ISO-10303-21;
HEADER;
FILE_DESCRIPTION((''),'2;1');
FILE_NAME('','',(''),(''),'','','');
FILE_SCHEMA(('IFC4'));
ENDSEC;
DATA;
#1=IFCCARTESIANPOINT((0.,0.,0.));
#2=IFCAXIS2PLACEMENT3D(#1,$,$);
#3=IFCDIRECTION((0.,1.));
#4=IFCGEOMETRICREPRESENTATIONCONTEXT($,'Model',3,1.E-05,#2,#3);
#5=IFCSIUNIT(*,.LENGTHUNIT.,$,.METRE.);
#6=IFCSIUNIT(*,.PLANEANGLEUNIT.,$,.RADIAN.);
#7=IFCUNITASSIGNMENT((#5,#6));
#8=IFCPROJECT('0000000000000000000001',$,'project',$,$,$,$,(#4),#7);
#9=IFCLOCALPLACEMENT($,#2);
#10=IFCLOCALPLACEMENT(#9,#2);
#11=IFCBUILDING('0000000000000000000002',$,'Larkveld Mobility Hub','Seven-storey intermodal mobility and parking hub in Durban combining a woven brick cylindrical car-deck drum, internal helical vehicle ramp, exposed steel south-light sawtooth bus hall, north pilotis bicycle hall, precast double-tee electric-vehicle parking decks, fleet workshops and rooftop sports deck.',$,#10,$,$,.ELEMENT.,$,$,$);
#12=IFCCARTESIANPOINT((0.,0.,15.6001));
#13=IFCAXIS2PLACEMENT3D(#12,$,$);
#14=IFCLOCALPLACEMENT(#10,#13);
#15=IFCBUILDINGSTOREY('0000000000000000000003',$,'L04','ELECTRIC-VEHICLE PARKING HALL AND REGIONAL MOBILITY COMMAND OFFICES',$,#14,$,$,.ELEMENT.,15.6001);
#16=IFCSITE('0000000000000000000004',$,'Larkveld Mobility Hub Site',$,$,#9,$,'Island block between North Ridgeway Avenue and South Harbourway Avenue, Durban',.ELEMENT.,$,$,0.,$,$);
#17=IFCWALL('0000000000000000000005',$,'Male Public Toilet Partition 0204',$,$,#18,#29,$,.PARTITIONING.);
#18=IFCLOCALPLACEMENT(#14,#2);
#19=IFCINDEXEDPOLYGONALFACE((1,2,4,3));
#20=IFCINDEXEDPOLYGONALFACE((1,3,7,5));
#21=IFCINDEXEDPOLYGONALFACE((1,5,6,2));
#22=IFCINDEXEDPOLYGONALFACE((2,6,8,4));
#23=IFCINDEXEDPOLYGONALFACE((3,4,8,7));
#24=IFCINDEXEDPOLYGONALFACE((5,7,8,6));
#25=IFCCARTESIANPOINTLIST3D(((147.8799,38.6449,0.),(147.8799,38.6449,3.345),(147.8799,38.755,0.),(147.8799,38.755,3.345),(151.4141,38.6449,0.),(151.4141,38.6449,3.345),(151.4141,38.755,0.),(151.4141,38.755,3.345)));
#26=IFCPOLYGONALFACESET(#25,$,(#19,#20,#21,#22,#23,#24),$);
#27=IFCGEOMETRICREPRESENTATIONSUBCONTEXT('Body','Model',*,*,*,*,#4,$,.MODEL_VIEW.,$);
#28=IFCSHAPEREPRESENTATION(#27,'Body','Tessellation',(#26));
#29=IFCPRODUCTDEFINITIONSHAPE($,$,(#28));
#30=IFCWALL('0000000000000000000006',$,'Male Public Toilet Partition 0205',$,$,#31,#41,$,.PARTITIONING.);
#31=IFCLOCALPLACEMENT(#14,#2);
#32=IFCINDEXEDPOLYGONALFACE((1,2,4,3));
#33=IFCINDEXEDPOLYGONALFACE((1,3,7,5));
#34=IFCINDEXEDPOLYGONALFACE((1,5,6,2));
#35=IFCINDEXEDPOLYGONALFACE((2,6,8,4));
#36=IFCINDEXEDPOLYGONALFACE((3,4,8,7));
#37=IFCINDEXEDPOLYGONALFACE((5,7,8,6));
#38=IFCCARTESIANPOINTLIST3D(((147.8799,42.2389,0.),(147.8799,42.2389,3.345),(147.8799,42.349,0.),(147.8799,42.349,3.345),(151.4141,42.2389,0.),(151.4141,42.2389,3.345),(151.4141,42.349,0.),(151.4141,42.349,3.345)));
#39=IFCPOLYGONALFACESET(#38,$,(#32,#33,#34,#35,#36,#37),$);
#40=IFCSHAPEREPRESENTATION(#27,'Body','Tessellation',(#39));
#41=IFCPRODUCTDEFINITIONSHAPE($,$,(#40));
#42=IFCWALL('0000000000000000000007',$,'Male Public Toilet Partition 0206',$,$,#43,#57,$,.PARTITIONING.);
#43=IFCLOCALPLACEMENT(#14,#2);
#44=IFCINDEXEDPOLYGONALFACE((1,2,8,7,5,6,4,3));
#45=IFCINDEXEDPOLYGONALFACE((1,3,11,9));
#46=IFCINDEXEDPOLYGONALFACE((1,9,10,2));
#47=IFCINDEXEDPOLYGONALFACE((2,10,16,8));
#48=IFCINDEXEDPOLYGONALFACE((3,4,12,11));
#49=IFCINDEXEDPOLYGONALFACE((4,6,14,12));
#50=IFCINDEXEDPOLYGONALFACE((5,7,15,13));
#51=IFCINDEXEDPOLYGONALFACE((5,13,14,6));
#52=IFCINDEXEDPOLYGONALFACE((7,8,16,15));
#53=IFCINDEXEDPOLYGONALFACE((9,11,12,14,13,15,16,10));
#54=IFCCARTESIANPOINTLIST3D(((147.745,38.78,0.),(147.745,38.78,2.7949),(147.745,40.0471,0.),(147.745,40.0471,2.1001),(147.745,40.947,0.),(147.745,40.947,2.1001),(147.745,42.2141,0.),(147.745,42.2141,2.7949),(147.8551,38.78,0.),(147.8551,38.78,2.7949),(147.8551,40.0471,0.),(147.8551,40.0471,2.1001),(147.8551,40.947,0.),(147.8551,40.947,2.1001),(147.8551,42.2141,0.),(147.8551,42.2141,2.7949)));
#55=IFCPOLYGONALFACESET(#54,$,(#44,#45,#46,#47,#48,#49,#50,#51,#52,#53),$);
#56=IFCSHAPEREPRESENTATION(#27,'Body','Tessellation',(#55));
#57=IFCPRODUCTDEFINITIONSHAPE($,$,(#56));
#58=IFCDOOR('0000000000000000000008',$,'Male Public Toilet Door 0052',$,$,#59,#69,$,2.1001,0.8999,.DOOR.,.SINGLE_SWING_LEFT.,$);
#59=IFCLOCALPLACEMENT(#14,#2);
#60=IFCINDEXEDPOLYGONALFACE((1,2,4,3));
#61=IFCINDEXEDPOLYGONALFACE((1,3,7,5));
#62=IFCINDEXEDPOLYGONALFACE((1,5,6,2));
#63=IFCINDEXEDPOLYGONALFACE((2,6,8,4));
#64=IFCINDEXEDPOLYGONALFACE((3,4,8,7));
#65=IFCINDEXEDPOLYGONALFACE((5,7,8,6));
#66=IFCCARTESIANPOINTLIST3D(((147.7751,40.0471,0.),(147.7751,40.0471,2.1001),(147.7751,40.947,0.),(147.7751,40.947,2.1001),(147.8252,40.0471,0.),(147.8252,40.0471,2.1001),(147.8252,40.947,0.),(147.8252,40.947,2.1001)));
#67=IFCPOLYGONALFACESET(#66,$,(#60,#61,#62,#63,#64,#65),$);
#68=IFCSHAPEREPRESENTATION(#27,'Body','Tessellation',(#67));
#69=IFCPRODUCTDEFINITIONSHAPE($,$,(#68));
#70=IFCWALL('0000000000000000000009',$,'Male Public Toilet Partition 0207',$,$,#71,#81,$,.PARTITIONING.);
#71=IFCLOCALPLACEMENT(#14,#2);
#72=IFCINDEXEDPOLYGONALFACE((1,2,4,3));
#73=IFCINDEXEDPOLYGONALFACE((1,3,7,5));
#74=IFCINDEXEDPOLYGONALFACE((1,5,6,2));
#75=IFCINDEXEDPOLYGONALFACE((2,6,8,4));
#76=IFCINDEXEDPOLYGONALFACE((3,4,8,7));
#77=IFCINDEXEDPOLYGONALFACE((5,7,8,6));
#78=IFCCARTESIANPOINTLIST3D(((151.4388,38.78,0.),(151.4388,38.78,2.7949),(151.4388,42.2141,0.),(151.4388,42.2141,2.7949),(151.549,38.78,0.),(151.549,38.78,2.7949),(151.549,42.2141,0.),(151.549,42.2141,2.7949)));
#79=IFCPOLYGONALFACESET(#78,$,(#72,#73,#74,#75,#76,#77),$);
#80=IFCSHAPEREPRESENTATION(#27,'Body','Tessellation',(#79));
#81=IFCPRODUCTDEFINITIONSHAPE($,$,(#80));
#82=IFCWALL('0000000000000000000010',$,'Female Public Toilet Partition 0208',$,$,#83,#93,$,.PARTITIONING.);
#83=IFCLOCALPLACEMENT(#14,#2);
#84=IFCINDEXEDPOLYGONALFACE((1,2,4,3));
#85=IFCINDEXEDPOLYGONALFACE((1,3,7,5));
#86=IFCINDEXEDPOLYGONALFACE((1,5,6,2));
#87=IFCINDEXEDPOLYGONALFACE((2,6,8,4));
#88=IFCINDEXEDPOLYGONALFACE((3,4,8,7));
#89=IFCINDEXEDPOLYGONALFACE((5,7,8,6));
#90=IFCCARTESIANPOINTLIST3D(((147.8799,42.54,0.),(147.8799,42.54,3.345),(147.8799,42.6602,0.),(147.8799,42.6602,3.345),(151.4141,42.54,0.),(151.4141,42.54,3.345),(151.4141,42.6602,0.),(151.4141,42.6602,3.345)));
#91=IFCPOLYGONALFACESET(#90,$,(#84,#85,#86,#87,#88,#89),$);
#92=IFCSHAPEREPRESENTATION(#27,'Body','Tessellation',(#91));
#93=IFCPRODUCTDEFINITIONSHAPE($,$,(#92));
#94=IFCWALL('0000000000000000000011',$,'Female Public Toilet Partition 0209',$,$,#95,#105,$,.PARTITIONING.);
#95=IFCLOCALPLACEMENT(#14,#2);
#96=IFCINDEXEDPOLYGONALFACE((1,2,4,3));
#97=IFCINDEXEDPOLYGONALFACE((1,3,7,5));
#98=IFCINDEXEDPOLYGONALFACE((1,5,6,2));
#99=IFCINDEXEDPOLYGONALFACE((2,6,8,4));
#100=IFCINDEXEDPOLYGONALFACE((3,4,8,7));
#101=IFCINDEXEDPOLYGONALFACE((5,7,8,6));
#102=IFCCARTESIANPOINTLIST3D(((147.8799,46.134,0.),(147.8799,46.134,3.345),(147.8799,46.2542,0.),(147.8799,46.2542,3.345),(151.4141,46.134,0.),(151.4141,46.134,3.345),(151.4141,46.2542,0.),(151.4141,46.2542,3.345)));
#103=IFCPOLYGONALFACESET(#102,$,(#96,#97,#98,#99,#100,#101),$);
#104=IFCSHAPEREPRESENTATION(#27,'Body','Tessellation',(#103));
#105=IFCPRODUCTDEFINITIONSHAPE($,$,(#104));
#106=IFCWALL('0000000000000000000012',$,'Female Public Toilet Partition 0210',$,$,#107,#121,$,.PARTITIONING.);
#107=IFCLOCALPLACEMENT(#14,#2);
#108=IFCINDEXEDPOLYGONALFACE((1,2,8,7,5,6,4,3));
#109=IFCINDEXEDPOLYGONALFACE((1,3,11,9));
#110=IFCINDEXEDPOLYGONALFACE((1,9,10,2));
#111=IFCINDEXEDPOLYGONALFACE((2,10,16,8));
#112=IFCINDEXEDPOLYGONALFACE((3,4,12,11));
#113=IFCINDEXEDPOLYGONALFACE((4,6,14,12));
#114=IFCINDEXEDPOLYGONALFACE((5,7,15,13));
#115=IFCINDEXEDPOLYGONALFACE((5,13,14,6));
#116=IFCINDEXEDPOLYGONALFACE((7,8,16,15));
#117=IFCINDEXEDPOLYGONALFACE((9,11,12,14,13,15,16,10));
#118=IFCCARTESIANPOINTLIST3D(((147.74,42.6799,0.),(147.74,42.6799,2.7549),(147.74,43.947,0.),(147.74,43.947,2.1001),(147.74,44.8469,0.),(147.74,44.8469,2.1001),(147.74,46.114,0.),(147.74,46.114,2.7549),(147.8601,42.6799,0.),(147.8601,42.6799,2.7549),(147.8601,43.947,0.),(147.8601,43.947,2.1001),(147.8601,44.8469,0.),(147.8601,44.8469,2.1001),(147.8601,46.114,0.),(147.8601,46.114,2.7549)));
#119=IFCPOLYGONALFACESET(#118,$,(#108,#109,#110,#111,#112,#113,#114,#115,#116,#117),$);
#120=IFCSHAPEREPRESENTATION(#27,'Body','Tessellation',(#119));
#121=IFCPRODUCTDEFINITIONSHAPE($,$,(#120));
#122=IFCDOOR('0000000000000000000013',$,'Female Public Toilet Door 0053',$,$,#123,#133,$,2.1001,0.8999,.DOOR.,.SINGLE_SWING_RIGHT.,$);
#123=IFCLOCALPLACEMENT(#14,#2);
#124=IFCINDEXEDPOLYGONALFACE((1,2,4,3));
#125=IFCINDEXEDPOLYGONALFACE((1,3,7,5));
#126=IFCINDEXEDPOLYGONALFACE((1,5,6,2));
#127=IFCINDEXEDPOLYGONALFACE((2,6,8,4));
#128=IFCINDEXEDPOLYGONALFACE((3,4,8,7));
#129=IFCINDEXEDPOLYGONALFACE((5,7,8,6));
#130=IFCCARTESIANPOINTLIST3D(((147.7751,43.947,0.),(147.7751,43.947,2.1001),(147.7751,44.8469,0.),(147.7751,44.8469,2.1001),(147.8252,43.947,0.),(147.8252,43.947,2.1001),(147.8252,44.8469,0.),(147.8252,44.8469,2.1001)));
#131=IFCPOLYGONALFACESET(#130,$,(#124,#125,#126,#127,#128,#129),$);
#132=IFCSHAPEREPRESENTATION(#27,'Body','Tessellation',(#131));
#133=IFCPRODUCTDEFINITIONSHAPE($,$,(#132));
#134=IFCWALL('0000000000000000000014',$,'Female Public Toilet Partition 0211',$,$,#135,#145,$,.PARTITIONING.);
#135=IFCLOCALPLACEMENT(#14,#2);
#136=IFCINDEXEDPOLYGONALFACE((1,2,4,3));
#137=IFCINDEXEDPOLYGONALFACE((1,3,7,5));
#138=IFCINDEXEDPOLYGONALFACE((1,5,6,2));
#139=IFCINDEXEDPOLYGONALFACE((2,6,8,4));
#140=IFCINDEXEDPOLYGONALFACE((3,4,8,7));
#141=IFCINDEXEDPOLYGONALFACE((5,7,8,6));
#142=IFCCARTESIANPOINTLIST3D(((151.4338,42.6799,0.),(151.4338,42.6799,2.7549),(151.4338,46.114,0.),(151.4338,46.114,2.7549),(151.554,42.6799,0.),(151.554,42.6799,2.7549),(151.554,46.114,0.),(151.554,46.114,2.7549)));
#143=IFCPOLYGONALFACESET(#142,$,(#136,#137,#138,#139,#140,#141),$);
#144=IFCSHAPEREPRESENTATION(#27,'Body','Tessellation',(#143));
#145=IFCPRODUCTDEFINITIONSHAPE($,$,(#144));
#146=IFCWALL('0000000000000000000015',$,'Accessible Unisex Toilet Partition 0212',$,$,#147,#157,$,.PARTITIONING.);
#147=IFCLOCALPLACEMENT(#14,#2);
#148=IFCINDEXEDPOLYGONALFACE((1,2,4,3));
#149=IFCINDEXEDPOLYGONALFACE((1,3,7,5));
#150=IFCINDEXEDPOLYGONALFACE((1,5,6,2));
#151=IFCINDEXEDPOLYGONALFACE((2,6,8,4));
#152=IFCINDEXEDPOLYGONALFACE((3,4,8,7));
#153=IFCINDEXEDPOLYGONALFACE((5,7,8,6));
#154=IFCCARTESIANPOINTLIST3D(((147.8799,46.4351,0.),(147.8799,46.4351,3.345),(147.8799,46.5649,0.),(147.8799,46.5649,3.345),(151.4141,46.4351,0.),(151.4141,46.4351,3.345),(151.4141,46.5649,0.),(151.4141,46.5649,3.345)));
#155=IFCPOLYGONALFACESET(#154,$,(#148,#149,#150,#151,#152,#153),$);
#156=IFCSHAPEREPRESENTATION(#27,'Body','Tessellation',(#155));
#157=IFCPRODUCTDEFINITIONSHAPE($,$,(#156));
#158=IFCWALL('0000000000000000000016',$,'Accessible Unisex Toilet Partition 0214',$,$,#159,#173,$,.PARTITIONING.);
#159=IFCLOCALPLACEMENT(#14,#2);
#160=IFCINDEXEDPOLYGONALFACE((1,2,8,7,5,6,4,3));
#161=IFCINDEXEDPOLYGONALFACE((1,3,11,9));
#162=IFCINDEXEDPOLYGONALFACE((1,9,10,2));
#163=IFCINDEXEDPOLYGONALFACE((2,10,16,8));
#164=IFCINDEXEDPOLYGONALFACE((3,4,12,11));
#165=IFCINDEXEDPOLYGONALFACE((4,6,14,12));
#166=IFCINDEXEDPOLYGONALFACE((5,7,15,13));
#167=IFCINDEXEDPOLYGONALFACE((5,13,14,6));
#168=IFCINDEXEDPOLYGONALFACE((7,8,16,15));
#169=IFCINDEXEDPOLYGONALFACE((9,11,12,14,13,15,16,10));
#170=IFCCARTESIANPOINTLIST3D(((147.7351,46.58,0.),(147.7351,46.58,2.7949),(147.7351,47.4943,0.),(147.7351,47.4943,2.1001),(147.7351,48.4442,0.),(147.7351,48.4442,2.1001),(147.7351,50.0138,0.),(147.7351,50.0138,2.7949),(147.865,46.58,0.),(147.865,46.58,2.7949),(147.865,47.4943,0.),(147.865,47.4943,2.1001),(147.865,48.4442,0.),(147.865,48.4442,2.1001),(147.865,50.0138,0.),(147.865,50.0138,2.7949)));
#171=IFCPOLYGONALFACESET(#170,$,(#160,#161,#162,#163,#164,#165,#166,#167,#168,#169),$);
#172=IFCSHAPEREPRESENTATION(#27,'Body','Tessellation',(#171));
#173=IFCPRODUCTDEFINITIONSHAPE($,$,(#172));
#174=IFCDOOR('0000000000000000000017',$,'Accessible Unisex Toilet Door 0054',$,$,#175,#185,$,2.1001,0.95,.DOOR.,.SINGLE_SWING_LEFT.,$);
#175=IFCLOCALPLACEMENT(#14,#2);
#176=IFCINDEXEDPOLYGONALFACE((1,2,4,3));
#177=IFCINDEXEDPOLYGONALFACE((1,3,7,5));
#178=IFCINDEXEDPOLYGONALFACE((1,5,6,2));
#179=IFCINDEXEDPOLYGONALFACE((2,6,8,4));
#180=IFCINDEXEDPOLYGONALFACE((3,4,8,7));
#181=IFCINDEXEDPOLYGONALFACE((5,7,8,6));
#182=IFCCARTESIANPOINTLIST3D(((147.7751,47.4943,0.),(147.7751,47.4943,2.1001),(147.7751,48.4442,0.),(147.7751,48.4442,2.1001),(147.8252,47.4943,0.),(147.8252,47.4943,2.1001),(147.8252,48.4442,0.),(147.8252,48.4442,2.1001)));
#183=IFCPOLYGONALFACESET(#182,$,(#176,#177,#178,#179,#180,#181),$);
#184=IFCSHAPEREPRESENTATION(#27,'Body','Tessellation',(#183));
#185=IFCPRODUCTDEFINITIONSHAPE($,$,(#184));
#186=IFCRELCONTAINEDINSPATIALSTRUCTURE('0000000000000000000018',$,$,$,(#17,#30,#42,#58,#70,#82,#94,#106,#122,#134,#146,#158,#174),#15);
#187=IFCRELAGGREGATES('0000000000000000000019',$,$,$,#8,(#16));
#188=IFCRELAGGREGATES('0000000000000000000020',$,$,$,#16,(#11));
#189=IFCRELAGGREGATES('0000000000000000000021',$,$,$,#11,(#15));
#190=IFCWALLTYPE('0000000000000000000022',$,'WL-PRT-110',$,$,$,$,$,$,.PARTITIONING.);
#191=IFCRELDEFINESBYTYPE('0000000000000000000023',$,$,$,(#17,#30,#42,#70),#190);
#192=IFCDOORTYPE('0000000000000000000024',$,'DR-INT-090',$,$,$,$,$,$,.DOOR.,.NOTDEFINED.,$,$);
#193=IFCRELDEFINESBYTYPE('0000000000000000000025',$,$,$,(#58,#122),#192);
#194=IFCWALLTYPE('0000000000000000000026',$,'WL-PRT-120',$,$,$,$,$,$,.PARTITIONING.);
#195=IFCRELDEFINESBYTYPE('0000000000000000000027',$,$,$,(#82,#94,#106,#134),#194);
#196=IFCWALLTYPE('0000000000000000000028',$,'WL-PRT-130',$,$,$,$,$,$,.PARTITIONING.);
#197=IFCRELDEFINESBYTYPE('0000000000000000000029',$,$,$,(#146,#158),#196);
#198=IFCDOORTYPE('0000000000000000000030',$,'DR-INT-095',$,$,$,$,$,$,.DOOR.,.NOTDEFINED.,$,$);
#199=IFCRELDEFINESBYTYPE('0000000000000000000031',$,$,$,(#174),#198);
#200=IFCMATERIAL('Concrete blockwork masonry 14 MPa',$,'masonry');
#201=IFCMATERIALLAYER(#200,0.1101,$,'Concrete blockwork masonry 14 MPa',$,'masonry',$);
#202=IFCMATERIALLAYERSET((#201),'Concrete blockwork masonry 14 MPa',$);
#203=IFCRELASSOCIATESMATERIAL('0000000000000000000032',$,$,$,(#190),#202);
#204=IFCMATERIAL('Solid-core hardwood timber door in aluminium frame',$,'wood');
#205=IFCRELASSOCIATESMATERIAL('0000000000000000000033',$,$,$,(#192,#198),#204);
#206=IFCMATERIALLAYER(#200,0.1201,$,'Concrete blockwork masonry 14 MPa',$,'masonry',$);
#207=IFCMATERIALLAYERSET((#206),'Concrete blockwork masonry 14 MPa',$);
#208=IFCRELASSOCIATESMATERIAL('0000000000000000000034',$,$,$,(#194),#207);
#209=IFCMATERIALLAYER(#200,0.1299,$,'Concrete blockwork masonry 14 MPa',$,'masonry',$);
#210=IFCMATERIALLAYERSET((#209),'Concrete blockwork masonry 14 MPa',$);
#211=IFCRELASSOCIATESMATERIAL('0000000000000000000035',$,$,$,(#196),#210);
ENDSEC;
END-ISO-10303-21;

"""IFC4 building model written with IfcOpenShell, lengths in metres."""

from ifc_helpers import new_model, si_unit, direction, frame, frame_2d, origin, place, context, subcontext, project, spatial, rectangle, extrude, material, layer, layer_set, type_object, element, fill, save


model = new_model("IFC4")

# Units and contexts
model_context = context("Model", 3, precision=1e-05, world=origin(), true_north=direction((0.0, 1.0)))
body_context = subcontext(model_context, "Body", "Model", "MODEL_VIEW")
ifc_project = project(units=[si_unit("LENGTHUNIT", "METRE"), si_unit("PLANEANGLEUNIT", "RADIAN")], contexts=[model_context])

# Site, building, storey
site_placement = place(None, origin())
site = spatial("IfcSite", under=ifc_project, at=site_placement, Name="Larkveld Mobility Hub Site", LongName="Island block between North Ridgeway Avenue and South Harbourway Avenue, Durban", CompositionType="ELEMENT", RefElevation=0.0)
building_placement = place(site_placement, origin())
building = spatial("IfcBuilding", under=site, at=building_placement, Name="Larkveld Mobility Hub", Description="Seven-storey intermodal mobility and parking hub in Durban combining a woven brick cylindrical car-deck drum, internal helical vehicle ramp, exposed steel south-light sawtooth bus hall, north pilotis bicycle hall, precast double-tee electric-vehicle parking decks, fleet workshops and rooftop sports deck.", CompositionType="ELEMENT")
storey_placement = place(building_placement, frame((0.0, 0.0, 15.6001)))
storey = spatial("IfcBuildingStorey", under=building, at=storey_placement, Name="L04", Description="ELECTRIC-VEHICLE PARKING HALL AND REGIONAL MOBILITY COMMAND OFFICES", CompositionType="ELEMENT", Elevation=15.6001)

# Walls
ifc_material_1 = material(Name="Concrete blockwork masonry 14 MPa", Category="masonry")
ifc_layer_1 = layer(ifc_material_1, 0.1101, Name="Concrete blockwork masonry 14 MPa", Category="masonry")
ifc_layer_set_1 = layer_set([ifc_layer_1], Name="Concrete blockwork masonry 14 MPa")
wall_type_1 = type_object("IfcWallType", Name="WL-PRT-110", PredefinedType="PARTITIONING", material=ifc_layer_set_1)
for number, where, z_axis, x_axis, name in (
    (1, (147.8799, 38.7, 0.0), (0.0, 0.0, 1.0), (1.0, 0.0, 0.0), "Male Public Toilet Partition 0204"),
    (2, (147.8799, 42.2939, 0.0), (0.0, 0.0, 1.0), (1.0, 0.0, 0.0), "Male Public Toilet Partition 0205"),
):
    element("IfcWall", number, at=place(storey_placement, frame(where, z_axis=z_axis, x_axis=x_axis)), inside=storey, type_object=wall_type_1, Name=name, PredefinedType="PARTITIONING", context=body_context, shape_type="SweptSolid", body=[
        extrude(rectangle(XDim=3.5342, YDim=0.1101, at=frame_2d((1.7671, 0.0))), origin(), (0.0, 0.0, 1.0), 3.345),
    ])

# Wall, opening, door
wall_1_placement = place(storey_placement, frame((147.8, 38.78, 0.0), z_axis=(0.0, 0.0, 1.0), x_axis=(0.0, 1.0, 0.0)))
wall_1 = element("IfcWall", 3, at=wall_1_placement, inside=storey, type_object=wall_type_1, Name="Male Public Toilet Partition 0206", PredefinedType="PARTITIONING", context=body_context, shape_type="SweptSolid", body=[
    extrude(rectangle(XDim=3.4341, YDim=0.1101, at=frame_2d((1.717, 0.0))), origin(), (0.0, 0.0, 1.0), 2.7949),
])
opening_1_placement = place(wall_1_placement, frame((1.2671, 0.0, 0.0)))
opening_1 = element("IfcOpeningElement", 4, at=opening_1_placement, cuts=wall_1, PredefinedType="OPENING", context=body_context, shape_type="SweptSolid", body=[
    extrude(rectangle(XDim=0.8999, YDim=2.1001, at=frame_2d((0.45, 1.05))), frame((0.0, 0.0649, 0.0), z_axis=(0.0, -1.0, 0.0), x_axis=(1.0, 0.0, 0.0)), (0.0, 0.0, 1.0), 0.1301),
])
ifc_material_2 = material(Name="Solid-core hardwood timber door in aluminium frame", Category="wood")
door_type_1 = type_object("IfcDoorType", Name="DR-INT-090", OperationType="NOTDEFINED", PredefinedType="DOOR", material=ifc_material_2)
door_1_placement = place(opening_1_placement, origin())
door_1 = element("IfcDoor", 5, at=door_1_placement, inside=storey, type_object=door_type_1, Name="Male Public Toilet Door 0052", OperationType="SINGLE_SWING_LEFT", OverallHeight=2.1001, OverallWidth=0.8999, PredefinedType="DOOR", context=body_context, shape_type="SweptSolid", body=[
    extrude(rectangle(XDim=0.8999, YDim=2.1001, at=frame_2d((0.45, 1.05))), frame((0.0, 0.0249, 0.0), z_axis=(0.0, -1.0, 0.0), x_axis=(1.0, 0.0, 0.0)), (0.0, 0.0, 1.0), 0.05),
])
fill(opening_1, door_1)

# Walls
wall_2_placement = place(storey_placement, frame((151.4939, 38.78, 0.0), z_axis=(0.0, 0.0, 1.0), x_axis=(0.0, 1.0, 0.0)))
element("IfcWall", 6, at=wall_2_placement, inside=storey, type_object=wall_type_1, Name="Male Public Toilet Partition 0207", PredefinedType="PARTITIONING", context=body_context, shape_type="SweptSolid", body=[
    extrude(rectangle(XDim=3.4341, YDim=0.1101, at=frame_2d((1.717, 0.0))), origin(), (0.0, 0.0, 1.0), 2.7949),
])
ifc_layer_2 = layer(ifc_material_1, 0.1201, Name="Concrete blockwork masonry 14 MPa", Category="masonry")
ifc_layer_set_2 = layer_set([ifc_layer_2], Name="Concrete blockwork masonry 14 MPa")
wall_type_2 = type_object("IfcWallType", Name="WL-PRT-120", PredefinedType="PARTITIONING", material=ifc_layer_set_2)
for number, where, z_axis, x_axis, name in (
    (7, (147.8799, 42.6001, 0.0), (0.0, 0.0, 1.0), (1.0, 0.0, 0.0), "Female Public Toilet Partition 0208"),
    (8, (147.8799, 46.1941, 0.0), (0.0, 0.0, 1.0), (1.0, 0.0, 0.0), "Female Public Toilet Partition 0209"),
):
    element("IfcWall", number, at=place(storey_placement, frame(where, z_axis=z_axis, x_axis=x_axis)), inside=storey, type_object=wall_type_2, Name=name, PredefinedType="PARTITIONING", context=body_context, shape_type="SweptSolid", body=[
        extrude(rectangle(XDim=3.5342, YDim=0.1201, at=frame_2d((1.7671, 0.0))), origin(), (0.0, 0.0, 1.0), 3.345),
    ])

# Wall, opening, door
wall_3_placement = place(storey_placement, frame((147.8, 42.6799, 0.0), z_axis=(0.0, 0.0, 1.0), x_axis=(0.0, 1.0, 0.0)))
wall_3 = element("IfcWall", 9, at=wall_3_placement, inside=storey, type_object=wall_type_2, Name="Female Public Toilet Partition 0210", PredefinedType="PARTITIONING", context=body_context, shape_type="SweptSolid", body=[
    extrude(rectangle(XDim=3.4341, YDim=0.1201, at=frame_2d((1.717, 0.0))), origin(), (0.0, 0.0, 1.0), 2.7549),
])
opening_2_placement = place(wall_3_placement, frame((1.2671, 0.0, 0.0)))
opening_2 = element("IfcOpeningElement", 10, at=opening_2_placement, cuts=wall_3, PredefinedType="OPENING", context=body_context, shape_type="SweptSolid", body=[
    extrude(rectangle(XDim=0.8999, YDim=2.1001, at=frame_2d((0.45, 1.05))), frame((0.0, 0.0701, 0.0), z_axis=(0.0, -1.0, 0.0), x_axis=(1.0, 0.0, 0.0)), (0.0, 0.0, 1.0), 0.1401),
])
door_2_placement = place(opening_2_placement, origin())
door_2 = element("IfcDoor", 11, at=door_2_placement, inside=storey, type_object=door_type_1, Name="Female Public Toilet Door 0053", OperationType="SINGLE_SWING_RIGHT", OverallHeight=2.1001, OverallWidth=0.8999, PredefinedType="DOOR", context=body_context, shape_type="SweptSolid", body=[
    extrude(rectangle(XDim=0.8999, YDim=2.1001, at=frame_2d((0.45, 1.05))), frame((0.0, 0.0249, 0.0), z_axis=(0.0, -1.0, 0.0), x_axis=(1.0, 0.0, 0.0)), (0.0, 0.0, 1.0), 0.05),
])
fill(opening_2, door_2)

# Walls
wall_4_placement = place(storey_placement, frame((151.4939, 42.6799, 0.0), z_axis=(0.0, 0.0, 1.0), x_axis=(0.0, 1.0, 0.0)))
element("IfcWall", 12, at=wall_4_placement, inside=storey, type_object=wall_type_2, Name="Female Public Toilet Partition 0211", PredefinedType="PARTITIONING", context=body_context, shape_type="SweptSolid", body=[
    extrude(rectangle(XDim=3.4341, YDim=0.1201, at=frame_2d((1.717, 0.0))), origin(), (0.0, 0.0, 1.0), 2.7549),
])
ifc_layer_3 = layer(ifc_material_1, 0.1299, Name="Concrete blockwork masonry 14 MPa", Category="masonry")
ifc_layer_set_3 = layer_set([ifc_layer_3], Name="Concrete blockwork masonry 14 MPa")
wall_type_3 = type_object("IfcWallType", Name="WL-PRT-130", PredefinedType="PARTITIONING", material=ifc_layer_set_3)
wall_5_placement = place(storey_placement, frame((147.8799, 46.5, 0.0), z_axis=(0.0, 0.0, 1.0), x_axis=(1.0, 0.0, 0.0)))
element("IfcWall", 13, at=wall_5_placement, inside=storey, type_object=wall_type_3, Name="Accessible Unisex Toilet Partition 0212", PredefinedType="PARTITIONING", context=body_context, shape_type="SweptSolid", body=[
    extrude(rectangle(XDim=3.5342, YDim=0.1299, at=frame_2d((1.7671, 0.0))), origin(), (0.0, 0.0, 1.0), 3.345),
])

# Wall, opening, door
wall_6_placement = place(storey_placement, frame((147.8, 46.5801, 0.0), z_axis=(0.0, 0.0, 1.0), x_axis=(0.0, 1.0, 0.0)))
wall_6 = element("IfcWall", 14, at=wall_6_placement, inside=storey, type_object=wall_type_3, Name="Accessible Unisex Toilet Partition 0214", PredefinedType="PARTITIONING", context=body_context, shape_type="SweptSolid", body=[
    extrude(rectangle(XDim=3.4338, YDim=0.1299, at=frame_2d((1.7168, 0.0))), origin(), (0.0, 0.0, 1.0), 2.7949),
])
opening_3_placement = place(wall_6_placement, frame((0.9141, 0.0, 0.0)))
opening_3 = element("IfcOpeningElement", 15, at=opening_3_placement, cuts=wall_6, PredefinedType="OPENING", context=body_context, shape_type="SweptSolid", body=[
    extrude(rectangle(XDim=0.95, YDim=2.1001, at=frame_2d((0.4751, 1.05))), frame((0.0, 0.075, 0.0), z_axis=(0.0, -1.0, 0.0), x_axis=(1.0, 0.0, 0.0)), (0.0, 0.0, 1.0), 0.1499),
])
door_type_2 = type_object("IfcDoorType", Name="DR-INT-095", OperationType="NOTDEFINED", PredefinedType="DOOR", material=ifc_material_2)
door_3_placement = place(opening_3_placement, origin())
door_3 = element("IfcDoor", 16, at=door_3_placement, inside=storey, type_object=door_type_2, Name="Accessible Unisex Toilet Door 0054", OperationType="SINGLE_SWING_LEFT", OverallHeight=2.1001, OverallWidth=0.95, PredefinedType="DOOR", context=body_context, shape_type="SweptSolid", body=[
    extrude(rectangle(XDim=0.95, YDim=2.1001, at=frame_2d((0.4751, 1.05))), frame((0.0, 0.0249, 0.0), z_axis=(0.0, -1.0, 0.0), x_axis=(1.0, 0.0, 0.0)), (0.0, 0.0, 1.0), 0.05),
])
fill(opening_3, door_3)

save(model, "model.ifc")
